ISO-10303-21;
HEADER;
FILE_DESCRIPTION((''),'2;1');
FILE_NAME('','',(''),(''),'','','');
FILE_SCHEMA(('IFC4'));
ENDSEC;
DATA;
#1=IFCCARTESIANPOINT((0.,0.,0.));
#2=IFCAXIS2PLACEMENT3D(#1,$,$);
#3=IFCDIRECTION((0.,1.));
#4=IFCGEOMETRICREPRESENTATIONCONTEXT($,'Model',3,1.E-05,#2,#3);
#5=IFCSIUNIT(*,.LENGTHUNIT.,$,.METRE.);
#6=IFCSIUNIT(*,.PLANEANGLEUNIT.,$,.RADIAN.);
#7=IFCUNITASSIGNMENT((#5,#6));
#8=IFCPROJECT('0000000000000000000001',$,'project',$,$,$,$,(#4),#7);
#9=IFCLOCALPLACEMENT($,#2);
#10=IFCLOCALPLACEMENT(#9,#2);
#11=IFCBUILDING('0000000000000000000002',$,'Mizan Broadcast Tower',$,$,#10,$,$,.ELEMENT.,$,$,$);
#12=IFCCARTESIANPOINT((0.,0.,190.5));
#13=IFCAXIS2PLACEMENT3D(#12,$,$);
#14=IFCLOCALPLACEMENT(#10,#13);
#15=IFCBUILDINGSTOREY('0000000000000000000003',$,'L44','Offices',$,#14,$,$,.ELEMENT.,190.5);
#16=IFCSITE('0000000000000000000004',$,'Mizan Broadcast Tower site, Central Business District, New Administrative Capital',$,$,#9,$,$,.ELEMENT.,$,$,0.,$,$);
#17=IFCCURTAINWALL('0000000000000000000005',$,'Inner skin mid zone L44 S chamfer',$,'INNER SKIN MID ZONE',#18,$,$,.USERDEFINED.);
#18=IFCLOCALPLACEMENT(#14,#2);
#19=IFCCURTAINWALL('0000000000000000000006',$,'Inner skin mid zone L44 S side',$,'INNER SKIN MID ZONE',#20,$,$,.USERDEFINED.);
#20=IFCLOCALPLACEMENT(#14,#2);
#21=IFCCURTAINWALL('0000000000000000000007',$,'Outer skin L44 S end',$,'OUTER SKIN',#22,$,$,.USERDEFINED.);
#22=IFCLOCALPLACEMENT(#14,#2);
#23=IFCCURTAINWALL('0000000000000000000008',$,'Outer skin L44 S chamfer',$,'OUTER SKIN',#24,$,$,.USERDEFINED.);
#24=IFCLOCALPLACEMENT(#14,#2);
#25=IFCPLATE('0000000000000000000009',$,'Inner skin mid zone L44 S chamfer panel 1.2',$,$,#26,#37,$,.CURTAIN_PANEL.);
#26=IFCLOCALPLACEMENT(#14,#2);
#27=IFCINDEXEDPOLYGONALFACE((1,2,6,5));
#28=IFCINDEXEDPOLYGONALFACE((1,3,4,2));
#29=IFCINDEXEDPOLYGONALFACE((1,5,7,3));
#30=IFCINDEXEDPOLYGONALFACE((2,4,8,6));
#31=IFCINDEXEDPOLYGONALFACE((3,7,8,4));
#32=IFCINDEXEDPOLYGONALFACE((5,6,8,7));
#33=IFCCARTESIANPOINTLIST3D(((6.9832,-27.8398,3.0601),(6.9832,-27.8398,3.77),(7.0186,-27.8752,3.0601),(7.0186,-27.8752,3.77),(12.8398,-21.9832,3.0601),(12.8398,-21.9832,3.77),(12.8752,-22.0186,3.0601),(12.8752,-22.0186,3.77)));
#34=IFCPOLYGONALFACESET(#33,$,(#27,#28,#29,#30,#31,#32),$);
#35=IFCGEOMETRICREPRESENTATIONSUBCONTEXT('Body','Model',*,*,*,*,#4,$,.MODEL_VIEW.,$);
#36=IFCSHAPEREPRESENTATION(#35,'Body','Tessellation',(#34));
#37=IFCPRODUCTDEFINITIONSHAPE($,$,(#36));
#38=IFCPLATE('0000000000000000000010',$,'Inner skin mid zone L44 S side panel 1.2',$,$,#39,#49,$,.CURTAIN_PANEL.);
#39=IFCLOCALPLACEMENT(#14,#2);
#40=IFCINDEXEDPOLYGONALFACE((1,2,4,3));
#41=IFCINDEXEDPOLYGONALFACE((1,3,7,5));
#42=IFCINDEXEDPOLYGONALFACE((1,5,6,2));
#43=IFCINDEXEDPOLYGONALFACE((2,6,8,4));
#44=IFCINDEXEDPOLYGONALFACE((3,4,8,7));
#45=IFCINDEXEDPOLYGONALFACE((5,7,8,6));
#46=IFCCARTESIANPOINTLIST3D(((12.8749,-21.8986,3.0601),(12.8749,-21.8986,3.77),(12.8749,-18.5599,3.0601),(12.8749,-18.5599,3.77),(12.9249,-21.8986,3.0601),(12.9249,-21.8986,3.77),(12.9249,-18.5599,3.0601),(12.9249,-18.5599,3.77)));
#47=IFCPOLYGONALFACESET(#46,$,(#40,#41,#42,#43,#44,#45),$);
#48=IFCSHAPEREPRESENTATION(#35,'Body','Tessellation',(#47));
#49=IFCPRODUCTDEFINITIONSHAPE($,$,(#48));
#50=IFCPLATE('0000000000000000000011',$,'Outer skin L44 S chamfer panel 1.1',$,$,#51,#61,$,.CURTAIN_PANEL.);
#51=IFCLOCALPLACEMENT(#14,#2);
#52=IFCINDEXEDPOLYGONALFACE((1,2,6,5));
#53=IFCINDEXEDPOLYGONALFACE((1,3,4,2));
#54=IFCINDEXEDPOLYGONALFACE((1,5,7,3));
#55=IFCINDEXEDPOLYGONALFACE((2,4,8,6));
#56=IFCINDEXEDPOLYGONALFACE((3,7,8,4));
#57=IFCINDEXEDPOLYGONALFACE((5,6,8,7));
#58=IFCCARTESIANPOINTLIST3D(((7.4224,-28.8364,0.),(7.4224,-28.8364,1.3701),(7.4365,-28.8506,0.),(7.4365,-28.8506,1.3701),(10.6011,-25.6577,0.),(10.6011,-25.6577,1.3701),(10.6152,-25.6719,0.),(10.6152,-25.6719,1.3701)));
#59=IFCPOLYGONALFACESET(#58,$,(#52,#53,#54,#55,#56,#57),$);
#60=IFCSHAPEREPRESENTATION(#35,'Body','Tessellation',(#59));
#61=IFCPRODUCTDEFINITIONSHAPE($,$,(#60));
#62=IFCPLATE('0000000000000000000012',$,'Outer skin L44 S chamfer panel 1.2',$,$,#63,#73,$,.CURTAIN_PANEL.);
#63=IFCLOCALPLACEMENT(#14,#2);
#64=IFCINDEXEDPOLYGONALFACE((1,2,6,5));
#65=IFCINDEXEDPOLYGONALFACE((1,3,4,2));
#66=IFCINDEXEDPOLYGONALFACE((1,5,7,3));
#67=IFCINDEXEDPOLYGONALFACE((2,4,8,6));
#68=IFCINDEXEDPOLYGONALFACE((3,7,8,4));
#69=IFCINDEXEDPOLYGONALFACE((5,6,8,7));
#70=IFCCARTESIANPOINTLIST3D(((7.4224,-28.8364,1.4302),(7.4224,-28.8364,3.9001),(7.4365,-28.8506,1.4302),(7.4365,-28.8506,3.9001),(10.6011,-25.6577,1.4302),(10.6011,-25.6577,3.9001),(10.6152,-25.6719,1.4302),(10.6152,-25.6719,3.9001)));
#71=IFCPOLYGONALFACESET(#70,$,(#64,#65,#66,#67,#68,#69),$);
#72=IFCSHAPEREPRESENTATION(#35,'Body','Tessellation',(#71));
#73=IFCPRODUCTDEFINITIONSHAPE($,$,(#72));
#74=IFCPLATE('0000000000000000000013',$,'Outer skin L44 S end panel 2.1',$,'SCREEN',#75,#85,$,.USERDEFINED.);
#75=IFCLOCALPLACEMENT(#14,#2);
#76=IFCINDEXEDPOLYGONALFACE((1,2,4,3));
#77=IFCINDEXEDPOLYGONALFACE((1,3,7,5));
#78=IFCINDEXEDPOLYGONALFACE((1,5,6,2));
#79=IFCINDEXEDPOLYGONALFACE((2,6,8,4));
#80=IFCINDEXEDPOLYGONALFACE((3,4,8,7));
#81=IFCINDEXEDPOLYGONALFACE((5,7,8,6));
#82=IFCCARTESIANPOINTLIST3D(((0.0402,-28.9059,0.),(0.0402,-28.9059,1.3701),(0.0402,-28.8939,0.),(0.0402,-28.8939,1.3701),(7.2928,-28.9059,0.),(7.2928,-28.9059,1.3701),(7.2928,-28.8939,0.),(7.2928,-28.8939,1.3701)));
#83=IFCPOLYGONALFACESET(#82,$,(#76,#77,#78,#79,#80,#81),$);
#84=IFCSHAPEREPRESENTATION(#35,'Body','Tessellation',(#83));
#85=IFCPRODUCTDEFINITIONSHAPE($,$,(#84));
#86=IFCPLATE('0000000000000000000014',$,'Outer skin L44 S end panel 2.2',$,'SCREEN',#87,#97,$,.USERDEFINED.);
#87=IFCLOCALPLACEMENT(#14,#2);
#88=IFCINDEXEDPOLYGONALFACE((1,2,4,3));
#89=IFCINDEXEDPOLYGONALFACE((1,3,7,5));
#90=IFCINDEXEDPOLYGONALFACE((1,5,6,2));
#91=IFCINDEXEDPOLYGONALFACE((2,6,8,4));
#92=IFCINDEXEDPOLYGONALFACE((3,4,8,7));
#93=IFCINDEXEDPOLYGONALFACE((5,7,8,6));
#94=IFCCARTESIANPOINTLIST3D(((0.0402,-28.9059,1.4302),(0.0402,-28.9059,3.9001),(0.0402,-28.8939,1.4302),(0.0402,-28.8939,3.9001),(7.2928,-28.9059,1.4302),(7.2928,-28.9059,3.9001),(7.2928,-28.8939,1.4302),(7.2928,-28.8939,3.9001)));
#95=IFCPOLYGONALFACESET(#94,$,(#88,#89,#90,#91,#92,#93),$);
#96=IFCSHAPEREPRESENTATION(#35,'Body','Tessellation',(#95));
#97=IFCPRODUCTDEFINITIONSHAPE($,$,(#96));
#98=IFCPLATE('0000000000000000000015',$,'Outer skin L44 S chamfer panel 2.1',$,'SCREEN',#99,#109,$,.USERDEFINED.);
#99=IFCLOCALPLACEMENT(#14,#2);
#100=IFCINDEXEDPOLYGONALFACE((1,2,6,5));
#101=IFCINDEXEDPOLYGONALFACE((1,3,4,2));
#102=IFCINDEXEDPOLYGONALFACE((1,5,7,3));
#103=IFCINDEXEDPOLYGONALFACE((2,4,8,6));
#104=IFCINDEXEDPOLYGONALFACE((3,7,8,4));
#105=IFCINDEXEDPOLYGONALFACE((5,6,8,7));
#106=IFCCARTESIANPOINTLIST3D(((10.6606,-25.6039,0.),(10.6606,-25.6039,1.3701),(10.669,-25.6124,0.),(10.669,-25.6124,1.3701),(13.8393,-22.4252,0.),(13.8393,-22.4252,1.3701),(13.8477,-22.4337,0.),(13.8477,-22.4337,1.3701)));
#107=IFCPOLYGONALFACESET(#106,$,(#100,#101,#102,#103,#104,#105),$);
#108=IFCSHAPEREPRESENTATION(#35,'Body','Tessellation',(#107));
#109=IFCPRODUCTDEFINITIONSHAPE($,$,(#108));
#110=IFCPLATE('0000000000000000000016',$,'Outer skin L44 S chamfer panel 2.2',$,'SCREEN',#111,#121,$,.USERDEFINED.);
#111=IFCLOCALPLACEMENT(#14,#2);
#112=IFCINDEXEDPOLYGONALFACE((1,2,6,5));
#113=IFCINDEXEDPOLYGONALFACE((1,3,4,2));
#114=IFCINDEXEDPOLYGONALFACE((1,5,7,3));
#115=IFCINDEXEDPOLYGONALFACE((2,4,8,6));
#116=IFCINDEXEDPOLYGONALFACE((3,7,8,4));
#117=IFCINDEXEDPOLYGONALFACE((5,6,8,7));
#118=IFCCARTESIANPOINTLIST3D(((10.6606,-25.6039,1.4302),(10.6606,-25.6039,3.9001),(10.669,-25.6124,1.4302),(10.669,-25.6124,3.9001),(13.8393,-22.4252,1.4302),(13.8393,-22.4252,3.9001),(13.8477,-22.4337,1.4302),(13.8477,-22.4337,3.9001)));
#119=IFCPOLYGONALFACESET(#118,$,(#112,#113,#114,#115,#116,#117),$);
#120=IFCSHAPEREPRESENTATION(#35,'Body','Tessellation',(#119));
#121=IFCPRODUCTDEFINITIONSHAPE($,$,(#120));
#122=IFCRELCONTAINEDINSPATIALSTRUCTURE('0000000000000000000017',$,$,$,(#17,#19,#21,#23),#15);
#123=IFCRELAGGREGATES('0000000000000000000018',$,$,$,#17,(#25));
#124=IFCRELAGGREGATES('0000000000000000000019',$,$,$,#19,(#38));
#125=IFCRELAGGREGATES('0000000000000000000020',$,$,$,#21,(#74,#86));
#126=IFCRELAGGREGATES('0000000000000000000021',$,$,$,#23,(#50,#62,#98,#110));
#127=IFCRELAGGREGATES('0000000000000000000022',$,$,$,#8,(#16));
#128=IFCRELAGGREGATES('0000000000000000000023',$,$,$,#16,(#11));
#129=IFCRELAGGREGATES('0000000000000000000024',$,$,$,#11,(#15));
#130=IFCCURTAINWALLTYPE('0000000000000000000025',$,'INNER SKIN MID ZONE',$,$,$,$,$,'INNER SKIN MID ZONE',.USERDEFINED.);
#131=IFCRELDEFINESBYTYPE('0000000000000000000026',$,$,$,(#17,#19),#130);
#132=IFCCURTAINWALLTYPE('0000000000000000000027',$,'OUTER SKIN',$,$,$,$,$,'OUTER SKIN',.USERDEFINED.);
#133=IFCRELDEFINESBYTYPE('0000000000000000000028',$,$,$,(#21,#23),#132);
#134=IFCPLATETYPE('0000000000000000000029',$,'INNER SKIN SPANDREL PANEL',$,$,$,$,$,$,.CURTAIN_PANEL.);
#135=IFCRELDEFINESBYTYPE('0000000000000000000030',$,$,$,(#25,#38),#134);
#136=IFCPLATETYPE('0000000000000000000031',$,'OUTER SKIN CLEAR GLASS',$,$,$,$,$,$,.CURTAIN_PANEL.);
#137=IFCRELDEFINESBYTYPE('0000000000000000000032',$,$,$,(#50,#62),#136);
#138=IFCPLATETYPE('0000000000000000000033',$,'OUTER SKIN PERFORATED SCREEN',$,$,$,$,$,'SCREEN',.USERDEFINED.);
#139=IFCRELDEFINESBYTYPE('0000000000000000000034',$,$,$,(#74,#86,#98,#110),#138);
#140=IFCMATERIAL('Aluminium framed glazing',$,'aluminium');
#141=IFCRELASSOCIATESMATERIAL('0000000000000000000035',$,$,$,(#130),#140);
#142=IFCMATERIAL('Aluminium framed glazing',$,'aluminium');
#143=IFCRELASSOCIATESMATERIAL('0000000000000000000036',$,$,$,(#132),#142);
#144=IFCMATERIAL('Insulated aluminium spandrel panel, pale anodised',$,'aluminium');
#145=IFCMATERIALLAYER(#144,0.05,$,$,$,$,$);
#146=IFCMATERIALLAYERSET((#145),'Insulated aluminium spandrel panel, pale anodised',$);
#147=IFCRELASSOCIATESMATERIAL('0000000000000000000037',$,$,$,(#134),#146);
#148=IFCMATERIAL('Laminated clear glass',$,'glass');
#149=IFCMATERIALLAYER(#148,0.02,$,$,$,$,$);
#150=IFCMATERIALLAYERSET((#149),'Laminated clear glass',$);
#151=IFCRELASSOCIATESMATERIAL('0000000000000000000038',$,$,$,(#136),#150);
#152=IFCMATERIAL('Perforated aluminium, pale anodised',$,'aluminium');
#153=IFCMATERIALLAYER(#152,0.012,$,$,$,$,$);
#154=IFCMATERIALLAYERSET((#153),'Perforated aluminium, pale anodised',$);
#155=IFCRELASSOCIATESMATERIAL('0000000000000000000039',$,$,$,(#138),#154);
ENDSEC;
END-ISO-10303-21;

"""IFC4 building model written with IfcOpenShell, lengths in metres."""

from ifc_helpers import new_model, si_unit, direction, frame, origin, origin_2d, place, context, subcontext, project, spatial, rectangle, extrude, material, layer, layer_set, type_object, element, aggregate, save


model = new_model("IFC4")

# Units and contexts
model_context = context("Model", 3, precision=1e-05, world=origin(), true_north=direction((0.0, 1.0)))
body_context = subcontext(model_context, "Body", "Model", "MODEL_VIEW")
ifc_project = project(units=[si_unit("LENGTHUNIT", "METRE"), si_unit("PLANEANGLEUNIT", "RADIAN")], contexts=[model_context])

# Site, building, storey
site_placement = place(None, origin())
site = spatial("IfcSite", under=ifc_project, at=site_placement, Name="Mizan Broadcast Tower site, Central Business District, New Administrative Capital", CompositionType="ELEMENT", RefElevation=0.0)
building_placement = place(site_placement, origin())
building = spatial("IfcBuilding", under=site, at=building_placement, Name="Mizan Broadcast Tower", CompositionType="ELEMENT")
storey_placement = place(building_placement, frame((0.0, 0.0, 190.5)))
storey = spatial("IfcBuildingStorey", under=building, at=storey_placement, Name="L44", Description="Offices", CompositionType="ELEMENT", Elevation=190.5)

# Shared definitions
ifc_material_1 = material(Name="Aluminium framed glazing", Category="aluminium")
curtain_wall_type_1 = type_object("IfcCurtainWallType", Name="INNER SKIN MID ZONE", ElementType="INNER SKIN MID ZONE", PredefinedType="USERDEFINED", material=ifc_material_1)

# Curtain wall
curtain_wall_1_placement = place(storey_placement, origin())
curtain_wall_1 = element("IfcCurtainWall", 1, at=curtain_wall_1_placement, inside=storey, type_object=curtain_wall_type_1, Name="Inner skin mid zone L44 S chamfer", ObjectType="INNER SKIN MID ZONE", PredefinedType="USERDEFINED")

# Curtain wall
curtain_wall_2_placement = place(storey_placement, origin())
curtain_wall_2 = element("IfcCurtainWall", 2, at=curtain_wall_2_placement, inside=storey, type_object=curtain_wall_type_1, Name="Inner skin mid zone L44 S side", ObjectType="INNER SKIN MID ZONE", PredefinedType="USERDEFINED")

# Curtain wall
ifc_material_2 = material(Name="Aluminium framed glazing", Category="aluminium")
curtain_wall_type_2 = type_object("IfcCurtainWallType", Name="OUTER SKIN", ElementType="OUTER SKIN", PredefinedType="USERDEFINED", material=ifc_material_2)
curtain_wall_3_placement = place(storey_placement, origin())
curtain_wall_3 = element("IfcCurtainWall", 3, at=curtain_wall_3_placement, inside=storey, type_object=curtain_wall_type_2, Name="Outer skin L44 S end", ObjectType="OUTER SKIN", PredefinedType="USERDEFINED")

# Curtain wall
curtain_wall_4_placement = place(storey_placement, origin())
curtain_wall_4 = element("IfcCurtainWall", 4, at=curtain_wall_4_placement, inside=storey, type_object=curtain_wall_type_2, Name="Outer skin L44 S chamfer", ObjectType="OUTER SKIN", PredefinedType="USERDEFINED")

# Plates
ifc_material_3 = material(Name="Insulated aluminium spandrel panel, pale anodised", Category="aluminium")
ifc_layer_1 = layer(ifc_material_3, 0.05)
ifc_layer_set_1 = layer_set([ifc_layer_1], Name="Insulated aluminium spandrel panel, pale anodised")
plate_type_1 = type_object("IfcPlateType", Name="INNER SKIN SPANDREL PANEL", PredefinedType="CURTAIN_PANEL", material=ifc_layer_set_1)
plate_1_placement = place(storey_placement, frame((9.9292, -24.9292, 3.0601), z_axis=(0.0, 0.0, 1.0), x_axis=(0.707107, 0.707107, 0.0)))
plate_1 = element("IfcPlate", 5, at=plate_1_placement, type_object=plate_type_1, Name="Inner skin mid zone L44 S chamfer panel 1.2", PredefinedType="CURTAIN_PANEL", context=body_context, shape_type="SweptSolid", body=[
    extrude(rectangle(XDim=8.2825, YDim=0.05, at=origin_2d()), origin(), (0.0, 0.0, 1.0), 0.71),
])
aggregate(curtain_wall_1, [plate_1])
plate_2_placement = place(storey_placement, frame((12.8999, -20.2292, 3.0601), z_axis=(0.0, 0.0, 1.0), x_axis=(0.0, 1.0, 0.0)))
plate_2 = element("IfcPlate", 6, at=plate_2_placement, type_object=plate_type_1, Name="Inner skin mid zone L44 S side panel 1.2", PredefinedType="CURTAIN_PANEL", context=body_context, shape_type="SweptSolid", body=[
    extrude(rectangle(XDim=3.3386, YDim=0.05, at=origin_2d()), origin(), (0.0, 0.0, 1.0), 0.71),
])
aggregate(curtain_wall_2, [plate_2])
ifc_material_4 = material(Name="Laminated clear glass", Category="glass")
ifc_layer_2 = layer(ifc_material_4, 0.02)
ifc_layer_set_2 = layer_set([ifc_layer_2], Name="Laminated clear glass")
plate_type_2 = type_object("IfcPlateType", Name="OUTER SKIN CLEAR GLASS", PredefinedType="CURTAIN_PANEL", material=ifc_layer_set_2)
plate_3_placement = place(storey_placement, frame((9.0188, -27.2542, 0.0), z_axis=(0.0, 0.0, 1.0), x_axis=(0.707107, 0.707107, 0.0)))
plate_3 = element("IfcPlate", 7, at=plate_3_placement, type_object=plate_type_2, Name="Outer skin L44 S chamfer panel 1.1", PredefinedType="CURTAIN_PANEL", context=body_context, shape_type="SweptSolid", body=[
    extrude(rectangle(XDim=4.4954, YDim=0.02, at=origin_2d()), origin(), (0.0, 0.0, 1.0), 1.3701),
])
plate_4_placement = place(storey_placement, frame((9.0188, -27.2542, 1.4302), z_axis=(0.0, 0.0, 1.0), x_axis=(0.707107, 0.707107, 0.0)))
plate_4 = element("IfcPlate", 8, at=plate_4_placement, type_object=plate_type_2, Name="Outer skin L44 S chamfer panel 1.2", PredefinedType="CURTAIN_PANEL", context=body_context, shape_type="SweptSolid", body=[
    extrude(rectangle(XDim=4.4954, YDim=0.02, at=origin_2d()), origin(), (0.0, 0.0, 1.0), 2.47),
])
ifc_material_5 = material(Name="Perforated aluminium, pale anodised", Category="aluminium")
ifc_layer_3 = layer(ifc_material_5, 0.012)
ifc_layer_set_3 = layer_set([ifc_layer_3], Name="Perforated aluminium, pale anodised")
plate_type_3 = type_object("IfcPlateType", Name="OUTER SKIN PERFORATED SCREEN", ElementType="SCREEN", PredefinedType="USERDEFINED", material=ifc_layer_set_3)
plate_5_placement = place(storey_placement, frame((3.6665, -28.8999, 0.0), z_axis=(0.0, 0.0, 1.0), x_axis=(1.0, 0.0, 0.0)))
plate_5 = element("IfcPlate", 9, at=plate_5_placement, type_object=plate_type_3, Name="Outer skin L44 S end panel 2.1", ObjectType="SCREEN", PredefinedType="USERDEFINED", context=body_context, shape_type="SweptSolid", body=[
    extrude(rectangle(XDim=7.2527, YDim=0.012, at=origin_2d()), origin(), (0.0, 0.0, 1.0), 1.3701),
])
plate_6_placement = place(storey_placement, frame((3.6665, -28.8999, 1.4302), z_axis=(0.0, 0.0, 1.0), x_axis=(1.0, 0.0, 0.0)))
plate_6 = element("IfcPlate", 10, at=plate_6_placement, type_object=plate_type_3, Name="Outer skin L44 S end panel 2.2", ObjectType="SCREEN", PredefinedType="USERDEFINED", context=body_context, shape_type="SweptSolid", body=[
    extrude(rectangle(XDim=7.2527, YDim=0.012, at=origin_2d()), origin(), (0.0, 0.0, 1.0), 2.47),
])
aggregate(curtain_wall_3, [plate_5, plate_6])
plate_7_placement = place(storey_placement, frame((12.2542, -24.0188, 0.0), z_axis=(0.0, 0.0, 1.0), x_axis=(0.707107, 0.707107, 0.0)))
plate_7 = element("IfcPlate", 11, at=plate_7_placement, type_object=plate_type_3, Name="Outer skin L44 S chamfer panel 2.1", ObjectType="SCREEN", PredefinedType="USERDEFINED", context=body_context, shape_type="SweptSolid", body=[
    extrude(rectangle(XDim=4.4954, YDim=0.012, at=origin_2d()), origin(), (0.0, 0.0, 1.0), 1.3701),
])
plate_8_placement = place(storey_placement, frame((12.2542, -24.0188, 1.4302), z_axis=(0.0, 0.0, 1.0), x_axis=(0.707107, 0.707107, 0.0)))
plate_8 = element("IfcPlate", 12, at=plate_8_placement, type_object=plate_type_3, Name="Outer skin L44 S chamfer panel 2.2", ObjectType="SCREEN", PredefinedType="USERDEFINED", context=body_context, shape_type="SweptSolid", body=[
    extrude(rectangle(XDim=4.4954, YDim=0.012, at=origin_2d()), origin(), (0.0, 0.0, 1.0), 2.47),
])
aggregate(curtain_wall_4, [plate_3, plate_4, plate_7, plate_8])

save(model, "model.ifc")
